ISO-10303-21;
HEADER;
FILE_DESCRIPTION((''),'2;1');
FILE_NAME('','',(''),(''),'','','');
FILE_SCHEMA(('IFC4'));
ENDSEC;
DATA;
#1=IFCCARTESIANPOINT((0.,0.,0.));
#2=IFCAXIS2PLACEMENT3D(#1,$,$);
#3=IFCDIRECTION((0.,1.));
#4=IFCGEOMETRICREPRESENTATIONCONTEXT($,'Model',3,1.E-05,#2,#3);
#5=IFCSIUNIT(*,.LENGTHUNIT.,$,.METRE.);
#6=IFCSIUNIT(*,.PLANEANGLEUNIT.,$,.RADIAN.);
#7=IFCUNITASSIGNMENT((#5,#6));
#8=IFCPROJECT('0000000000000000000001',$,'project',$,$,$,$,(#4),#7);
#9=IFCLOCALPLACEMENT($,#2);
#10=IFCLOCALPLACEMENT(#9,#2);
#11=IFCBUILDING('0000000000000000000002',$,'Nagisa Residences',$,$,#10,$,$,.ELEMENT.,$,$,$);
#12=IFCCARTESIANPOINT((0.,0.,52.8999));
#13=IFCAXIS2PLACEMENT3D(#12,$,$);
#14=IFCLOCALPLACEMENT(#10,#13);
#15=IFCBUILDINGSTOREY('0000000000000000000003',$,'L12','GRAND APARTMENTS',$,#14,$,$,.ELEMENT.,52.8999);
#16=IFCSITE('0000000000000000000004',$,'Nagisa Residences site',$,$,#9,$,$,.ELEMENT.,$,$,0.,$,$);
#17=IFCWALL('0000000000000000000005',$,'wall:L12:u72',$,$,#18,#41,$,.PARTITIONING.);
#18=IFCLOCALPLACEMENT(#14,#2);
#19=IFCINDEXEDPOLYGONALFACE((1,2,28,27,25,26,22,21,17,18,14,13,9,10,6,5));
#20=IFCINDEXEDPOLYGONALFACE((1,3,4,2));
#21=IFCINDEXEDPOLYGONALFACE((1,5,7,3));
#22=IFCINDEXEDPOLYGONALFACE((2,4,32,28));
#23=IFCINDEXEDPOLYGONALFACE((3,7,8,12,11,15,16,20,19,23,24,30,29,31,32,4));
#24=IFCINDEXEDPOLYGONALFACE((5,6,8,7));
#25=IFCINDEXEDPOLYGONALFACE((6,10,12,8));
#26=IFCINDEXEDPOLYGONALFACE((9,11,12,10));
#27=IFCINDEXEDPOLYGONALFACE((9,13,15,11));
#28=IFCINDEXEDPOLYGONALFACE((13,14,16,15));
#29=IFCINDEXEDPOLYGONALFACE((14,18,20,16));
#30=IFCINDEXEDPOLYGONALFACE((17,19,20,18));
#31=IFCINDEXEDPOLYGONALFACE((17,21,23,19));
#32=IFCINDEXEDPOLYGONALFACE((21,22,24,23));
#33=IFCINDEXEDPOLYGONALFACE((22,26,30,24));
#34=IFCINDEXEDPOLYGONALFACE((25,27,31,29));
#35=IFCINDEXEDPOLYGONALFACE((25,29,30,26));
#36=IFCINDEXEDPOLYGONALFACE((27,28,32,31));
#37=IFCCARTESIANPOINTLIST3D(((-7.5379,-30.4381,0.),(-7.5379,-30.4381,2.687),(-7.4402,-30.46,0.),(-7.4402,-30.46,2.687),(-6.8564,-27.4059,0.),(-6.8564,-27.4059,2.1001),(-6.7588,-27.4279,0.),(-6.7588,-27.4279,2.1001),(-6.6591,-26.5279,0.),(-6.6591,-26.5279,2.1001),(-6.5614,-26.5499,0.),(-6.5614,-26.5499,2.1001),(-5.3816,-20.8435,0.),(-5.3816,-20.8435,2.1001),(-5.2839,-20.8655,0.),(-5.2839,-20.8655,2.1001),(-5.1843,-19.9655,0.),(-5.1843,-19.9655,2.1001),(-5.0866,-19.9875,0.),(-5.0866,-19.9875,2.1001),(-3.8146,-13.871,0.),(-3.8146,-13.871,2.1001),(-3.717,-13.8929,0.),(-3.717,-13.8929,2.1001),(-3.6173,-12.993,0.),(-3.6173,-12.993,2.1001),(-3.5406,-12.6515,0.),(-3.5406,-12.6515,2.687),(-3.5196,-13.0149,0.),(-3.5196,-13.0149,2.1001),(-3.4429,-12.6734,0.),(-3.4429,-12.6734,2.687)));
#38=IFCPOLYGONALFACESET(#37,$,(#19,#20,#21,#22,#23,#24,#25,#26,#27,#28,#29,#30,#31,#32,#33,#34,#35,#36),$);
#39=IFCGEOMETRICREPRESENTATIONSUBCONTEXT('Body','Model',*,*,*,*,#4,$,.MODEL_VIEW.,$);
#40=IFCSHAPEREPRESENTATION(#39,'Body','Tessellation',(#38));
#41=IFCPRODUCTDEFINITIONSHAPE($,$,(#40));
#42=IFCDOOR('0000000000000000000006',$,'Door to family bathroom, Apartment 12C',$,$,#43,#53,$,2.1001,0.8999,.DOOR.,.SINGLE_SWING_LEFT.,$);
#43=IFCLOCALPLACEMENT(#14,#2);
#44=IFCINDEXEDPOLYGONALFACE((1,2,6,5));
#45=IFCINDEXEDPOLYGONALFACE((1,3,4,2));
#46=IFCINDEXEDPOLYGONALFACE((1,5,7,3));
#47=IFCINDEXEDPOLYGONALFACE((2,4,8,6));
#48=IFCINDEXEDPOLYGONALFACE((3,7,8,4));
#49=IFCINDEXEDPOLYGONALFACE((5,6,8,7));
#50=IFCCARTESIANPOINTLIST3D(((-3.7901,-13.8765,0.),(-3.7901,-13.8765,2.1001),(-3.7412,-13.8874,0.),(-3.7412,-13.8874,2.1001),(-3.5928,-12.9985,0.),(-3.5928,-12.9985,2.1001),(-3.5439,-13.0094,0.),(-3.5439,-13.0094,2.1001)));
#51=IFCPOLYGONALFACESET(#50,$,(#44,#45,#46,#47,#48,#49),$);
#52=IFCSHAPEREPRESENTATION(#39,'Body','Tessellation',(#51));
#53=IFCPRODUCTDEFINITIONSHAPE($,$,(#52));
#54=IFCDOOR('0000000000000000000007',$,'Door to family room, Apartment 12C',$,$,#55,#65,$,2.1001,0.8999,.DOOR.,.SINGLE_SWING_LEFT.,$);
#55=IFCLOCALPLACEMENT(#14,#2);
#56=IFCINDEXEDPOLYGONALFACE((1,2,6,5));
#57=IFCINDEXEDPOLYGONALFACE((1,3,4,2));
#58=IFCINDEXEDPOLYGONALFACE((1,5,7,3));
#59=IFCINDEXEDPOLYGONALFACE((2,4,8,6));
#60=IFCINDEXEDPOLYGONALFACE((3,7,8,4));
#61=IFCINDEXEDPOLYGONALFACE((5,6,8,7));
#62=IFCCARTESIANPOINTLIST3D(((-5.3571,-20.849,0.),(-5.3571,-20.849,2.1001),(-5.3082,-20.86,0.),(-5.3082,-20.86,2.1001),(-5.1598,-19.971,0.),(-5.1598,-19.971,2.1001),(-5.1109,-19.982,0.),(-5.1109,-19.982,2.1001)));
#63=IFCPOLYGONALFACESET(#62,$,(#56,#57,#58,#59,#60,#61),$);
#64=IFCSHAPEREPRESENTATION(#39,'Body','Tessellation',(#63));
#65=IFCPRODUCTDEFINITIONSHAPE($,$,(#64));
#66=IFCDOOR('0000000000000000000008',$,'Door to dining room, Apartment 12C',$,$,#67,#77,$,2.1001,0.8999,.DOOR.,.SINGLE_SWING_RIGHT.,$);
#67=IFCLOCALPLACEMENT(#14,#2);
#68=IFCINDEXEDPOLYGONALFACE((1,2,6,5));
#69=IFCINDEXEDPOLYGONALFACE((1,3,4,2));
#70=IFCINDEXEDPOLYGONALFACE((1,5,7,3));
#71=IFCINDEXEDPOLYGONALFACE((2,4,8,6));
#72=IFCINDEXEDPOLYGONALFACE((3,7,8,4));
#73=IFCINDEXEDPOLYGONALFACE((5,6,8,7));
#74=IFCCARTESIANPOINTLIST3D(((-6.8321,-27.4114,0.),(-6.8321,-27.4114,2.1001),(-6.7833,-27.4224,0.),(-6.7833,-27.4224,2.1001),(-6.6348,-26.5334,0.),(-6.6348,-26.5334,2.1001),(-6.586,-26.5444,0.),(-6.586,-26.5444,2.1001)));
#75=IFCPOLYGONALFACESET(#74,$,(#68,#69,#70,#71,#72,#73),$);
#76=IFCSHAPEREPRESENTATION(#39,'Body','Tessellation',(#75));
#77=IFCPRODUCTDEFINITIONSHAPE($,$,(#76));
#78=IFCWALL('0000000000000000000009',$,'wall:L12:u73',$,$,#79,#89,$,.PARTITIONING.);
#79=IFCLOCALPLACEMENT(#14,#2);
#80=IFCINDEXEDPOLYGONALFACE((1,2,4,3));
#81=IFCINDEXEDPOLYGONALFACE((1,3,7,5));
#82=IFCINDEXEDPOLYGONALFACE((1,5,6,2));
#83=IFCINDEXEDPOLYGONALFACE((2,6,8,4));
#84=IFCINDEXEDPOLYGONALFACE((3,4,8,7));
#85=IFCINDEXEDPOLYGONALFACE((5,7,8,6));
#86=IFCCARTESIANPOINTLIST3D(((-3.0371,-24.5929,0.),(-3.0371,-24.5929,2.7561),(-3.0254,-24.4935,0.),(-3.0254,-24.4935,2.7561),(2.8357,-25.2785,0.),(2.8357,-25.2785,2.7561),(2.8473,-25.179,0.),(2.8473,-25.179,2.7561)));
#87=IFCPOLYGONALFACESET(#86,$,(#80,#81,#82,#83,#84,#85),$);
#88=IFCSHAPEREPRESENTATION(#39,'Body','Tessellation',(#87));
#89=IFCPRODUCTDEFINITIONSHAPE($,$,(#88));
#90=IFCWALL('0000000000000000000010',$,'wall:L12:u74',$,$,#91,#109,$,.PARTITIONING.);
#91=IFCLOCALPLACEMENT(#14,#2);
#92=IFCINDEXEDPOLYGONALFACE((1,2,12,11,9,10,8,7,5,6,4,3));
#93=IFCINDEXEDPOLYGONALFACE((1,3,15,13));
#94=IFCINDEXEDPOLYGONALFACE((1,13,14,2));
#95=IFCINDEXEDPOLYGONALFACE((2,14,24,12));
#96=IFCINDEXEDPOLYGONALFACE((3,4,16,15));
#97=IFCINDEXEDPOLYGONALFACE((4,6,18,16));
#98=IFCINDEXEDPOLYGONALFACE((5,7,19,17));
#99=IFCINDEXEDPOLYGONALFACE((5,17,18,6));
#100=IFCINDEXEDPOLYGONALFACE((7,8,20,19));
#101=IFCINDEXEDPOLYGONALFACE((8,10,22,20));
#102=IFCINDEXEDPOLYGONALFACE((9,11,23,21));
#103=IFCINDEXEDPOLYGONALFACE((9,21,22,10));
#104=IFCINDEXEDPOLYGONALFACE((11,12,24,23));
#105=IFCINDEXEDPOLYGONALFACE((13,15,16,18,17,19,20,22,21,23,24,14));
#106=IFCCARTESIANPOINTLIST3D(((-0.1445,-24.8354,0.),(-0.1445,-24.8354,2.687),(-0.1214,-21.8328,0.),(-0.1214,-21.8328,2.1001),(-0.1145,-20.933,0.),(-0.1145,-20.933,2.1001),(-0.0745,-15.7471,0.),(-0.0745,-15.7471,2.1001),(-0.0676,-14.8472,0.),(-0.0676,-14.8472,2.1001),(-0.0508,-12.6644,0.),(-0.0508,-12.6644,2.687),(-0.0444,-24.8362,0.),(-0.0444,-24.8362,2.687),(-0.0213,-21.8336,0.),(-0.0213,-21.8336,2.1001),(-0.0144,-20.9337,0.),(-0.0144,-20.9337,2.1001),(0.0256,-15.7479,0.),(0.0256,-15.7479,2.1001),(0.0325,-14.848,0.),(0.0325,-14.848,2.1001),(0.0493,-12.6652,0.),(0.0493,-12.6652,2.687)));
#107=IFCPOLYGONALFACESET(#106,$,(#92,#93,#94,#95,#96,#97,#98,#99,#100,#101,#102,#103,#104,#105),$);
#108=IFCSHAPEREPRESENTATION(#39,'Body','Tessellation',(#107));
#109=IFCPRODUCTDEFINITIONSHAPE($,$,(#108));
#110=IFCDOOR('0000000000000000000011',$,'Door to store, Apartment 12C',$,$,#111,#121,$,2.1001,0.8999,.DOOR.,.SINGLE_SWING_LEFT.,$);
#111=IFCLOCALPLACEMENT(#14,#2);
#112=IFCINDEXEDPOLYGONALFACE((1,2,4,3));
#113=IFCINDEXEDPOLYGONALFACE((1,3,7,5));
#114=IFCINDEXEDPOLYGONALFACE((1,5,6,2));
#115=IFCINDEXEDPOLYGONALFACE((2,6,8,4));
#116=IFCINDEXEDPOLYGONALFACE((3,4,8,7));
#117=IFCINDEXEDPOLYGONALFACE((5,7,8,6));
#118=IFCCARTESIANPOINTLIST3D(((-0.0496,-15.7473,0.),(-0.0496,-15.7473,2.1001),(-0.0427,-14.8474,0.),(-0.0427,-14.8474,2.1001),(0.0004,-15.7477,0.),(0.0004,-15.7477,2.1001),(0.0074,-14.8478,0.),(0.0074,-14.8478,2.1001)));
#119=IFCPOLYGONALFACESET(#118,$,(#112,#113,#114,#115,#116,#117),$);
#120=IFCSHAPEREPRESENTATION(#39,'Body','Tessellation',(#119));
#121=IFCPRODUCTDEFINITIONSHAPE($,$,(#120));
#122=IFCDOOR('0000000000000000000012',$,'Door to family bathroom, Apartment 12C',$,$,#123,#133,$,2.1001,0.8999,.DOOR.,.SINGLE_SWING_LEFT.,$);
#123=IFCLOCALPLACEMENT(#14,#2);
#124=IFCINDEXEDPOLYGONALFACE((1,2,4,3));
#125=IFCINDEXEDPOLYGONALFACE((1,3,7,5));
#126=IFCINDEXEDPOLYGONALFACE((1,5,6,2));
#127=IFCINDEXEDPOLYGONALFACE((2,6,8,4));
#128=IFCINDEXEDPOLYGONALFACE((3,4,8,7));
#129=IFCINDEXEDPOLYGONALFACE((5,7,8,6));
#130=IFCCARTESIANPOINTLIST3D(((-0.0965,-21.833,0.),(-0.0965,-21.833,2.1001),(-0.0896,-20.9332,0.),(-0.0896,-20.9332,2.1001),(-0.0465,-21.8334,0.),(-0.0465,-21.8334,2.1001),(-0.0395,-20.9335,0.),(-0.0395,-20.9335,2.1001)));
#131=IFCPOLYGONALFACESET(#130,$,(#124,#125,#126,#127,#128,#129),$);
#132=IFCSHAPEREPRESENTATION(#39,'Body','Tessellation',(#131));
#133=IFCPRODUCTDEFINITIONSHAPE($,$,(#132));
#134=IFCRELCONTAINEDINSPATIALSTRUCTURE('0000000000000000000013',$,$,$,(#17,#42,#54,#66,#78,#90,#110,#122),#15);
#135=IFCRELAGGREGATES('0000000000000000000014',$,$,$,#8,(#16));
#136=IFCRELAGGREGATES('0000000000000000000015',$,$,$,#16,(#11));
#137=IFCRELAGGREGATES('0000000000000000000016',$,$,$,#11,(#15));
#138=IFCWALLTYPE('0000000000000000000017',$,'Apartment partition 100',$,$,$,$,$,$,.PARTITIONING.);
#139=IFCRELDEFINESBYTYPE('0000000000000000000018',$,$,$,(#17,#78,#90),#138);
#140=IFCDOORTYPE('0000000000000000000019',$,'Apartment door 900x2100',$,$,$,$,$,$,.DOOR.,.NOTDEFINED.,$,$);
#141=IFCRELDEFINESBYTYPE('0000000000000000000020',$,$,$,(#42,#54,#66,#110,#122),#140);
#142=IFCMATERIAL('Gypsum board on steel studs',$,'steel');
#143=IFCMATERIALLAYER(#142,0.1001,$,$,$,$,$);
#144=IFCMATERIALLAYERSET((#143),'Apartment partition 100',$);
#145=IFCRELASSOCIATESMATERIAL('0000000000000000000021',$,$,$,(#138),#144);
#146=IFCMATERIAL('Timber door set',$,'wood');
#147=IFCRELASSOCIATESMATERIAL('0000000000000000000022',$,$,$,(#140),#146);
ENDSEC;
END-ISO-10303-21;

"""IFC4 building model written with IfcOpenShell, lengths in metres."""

from ifc_helpers import new_model, si_unit, direction, frame, frame_2d, origin, place, context, subcontext, project, spatial, rectangle, extrude, material, layer, layer_set, type_object, element, fill, save


model = new_model("IFC4")

# Units and contexts
model_context = context("Model", 3, precision=1e-05, world=origin(), true_north=direction((0.0, 1.0)))
body_context = subcontext(model_context, "Body", "Model", "MODEL_VIEW")
ifc_project = project(units=[si_unit("LENGTHUNIT", "METRE"), si_unit("PLANEANGLEUNIT", "RADIAN")], contexts=[model_context])

# Site, building, storey
site_placement = place(None, origin())
site = spatial("IfcSite", under=ifc_project, at=site_placement, Name="Nagisa Residences site", CompositionType="ELEMENT", RefElevation=0.0)
building_placement = place(site_placement, origin())
building = spatial("IfcBuilding", under=site, at=building_placement, Name="Nagisa Residences", CompositionType="ELEMENT")
storey_placement = place(building_placement, frame((0.0, 0.0, 52.8999)))
storey = spatial("IfcBuildingStorey", under=building, at=storey_placement, Name="L12", Description="GRAND APARTMENTS", CompositionType="ELEMENT", Elevation=52.8999)

# Shared definitions
ifc_material_1 = material(Name="Gypsum board on steel studs", Category="steel")
ifc_layer_1 = layer(ifc_material_1, 0.1001)
ifc_layer_set_1 = layer_set([ifc_layer_1], Name="Apartment partition 100")
wall_type_1 = type_object("IfcWallType", Name="Apartment partition 100", PredefinedType="PARTITIONING", material=ifc_layer_set_1)
ifc_material_2 = material(Name="Timber door set", Category="wood")
door_type_1 = type_object("IfcDoorType", Name="Apartment door 900x2100", OperationType="NOTDEFINED", PredefinedType="DOOR", material=ifc_material_2)

# Wall, openings, doors
wall_1_placement = place(storey_placement, frame((-3.4917, -12.6624, 0.0), z_axis=(0.0, 0.0, 1.0), x_axis=(-0.219268, -0.975665, 0.0)))
wall_1 = element("IfcWall", 1, at=wall_1_placement, inside=storey, type_object=wall_type_1, Name="wall:L12:u72", PredefinedType="PARTITIONING", context=body_context, shape_type="SweptSolid", body=[
    extrude(rectangle(XDim=18.2302, YDim=0.1001, at=frame_2d((9.1152, 0.0))), origin(), (0.0, 0.0, 1.0), 2.687),
])
opening_1_placement = place(wall_1_placement, frame((0.3501, 0.0, 0.0)))
opening_1 = element("IfcOpeningElement", 2, at=opening_1_placement, cuts=wall_1, PredefinedType="OPENING", context=body_context, shape_type="SweptSolid", body=[
    extrude(rectangle(XDim=0.8999, YDim=2.1001, at=frame_2d((0.45, 1.05))), frame((0.0, 0.0601, 0.0), z_axis=(0.0, -1.0, 0.0), x_axis=(1.0, 0.0, 0.0)), (0.0, 0.0, 1.0), 0.1201),
])
opening_2_placement = place(wall_1_placement, frame((7.4966, 0.0, 0.0)))
opening_2 = element("IfcOpeningElement", 3, at=opening_2_placement, cuts=wall_1, PredefinedType="OPENING", context=body_context, shape_type="SweptSolid", body=[
    extrude(rectangle(XDim=0.8999, YDim=2.1001, at=frame_2d((0.45, 1.05))), frame((0.0, 0.0601, 0.0), z_axis=(0.0, -1.0, 0.0), x_axis=(1.0, 0.0, 0.0)), (0.0, 0.0, 1.0), 0.1201),
])
opening_3_placement = place(wall_1_placement, frame((14.2227, 0.0, 0.0)))
opening_3 = element("IfcOpeningElement", 4, at=opening_3_placement, cuts=wall_1, PredefinedType="OPENING", context=body_context, shape_type="SweptSolid", body=[
    extrude(rectangle(XDim=0.8999, YDim=2.1001, at=frame_2d((0.45, 1.05))), frame((0.0, 0.0601, 0.0), z_axis=(0.0, -1.0, 0.0), x_axis=(1.0, 0.0, 0.0)), (0.0, 0.0, 1.0), 0.1201),
])
door_1_placement = place(opening_1_placement, frame((0.8999, 0.0, 0.0), x_axis=(-1.0, 0.0, 0.0)))
door_1 = element("IfcDoor", 5, at=door_1_placement, inside=storey, type_object=door_type_1, Name="Door to family bathroom, Apartment 12C", OperationType="SINGLE_SWING_LEFT", OverallHeight=2.1001, OverallWidth=0.8999, PredefinedType="DOOR", context=body_context, shape_type="SweptSolid", body=[
    extrude(rectangle(XDim=0.8999, YDim=2.1001, at=frame_2d((0.45, 1.05))), frame((0.0, 0.0249, 0.0), z_axis=(0.0, -1.0, 0.0), x_axis=(1.0, 0.0, 0.0)), (0.0, 0.0, 1.0), 0.05),
])
fill(opening_1, door_1)
door_2_placement = place(opening_2_placement, frame((0.8999, 0.0, 0.0), x_axis=(-1.0, 0.0, 0.0)))
door_2 = element("IfcDoor", 6, at=door_2_placement, inside=storey, type_object=door_type_1, Name="Door to family room, Apartment 12C", OperationType="SINGLE_SWING_LEFT", OverallHeight=2.1001, OverallWidth=0.8999, PredefinedType="DOOR", context=body_context, shape_type="SweptSolid", body=[
    extrude(rectangle(XDim=0.8999, YDim=2.1001, at=frame_2d((0.45, 1.05))), frame((0.0, 0.0249, 0.0), z_axis=(0.0, -1.0, 0.0), x_axis=(1.0, 0.0, 0.0)), (0.0, 0.0, 1.0), 0.05),
])
fill(opening_2, door_2)
door_3_placement = place(opening_3_placement, origin())
door_3 = element("IfcDoor", 7, at=door_3_placement, inside=storey, type_object=door_type_1, Name="Door to dining room, Apartment 12C", OperationType="SINGLE_SWING_RIGHT", OverallHeight=2.1001, OverallWidth=0.8999, PredefinedType="DOOR", context=body_context, shape_type="SweptSolid", body=[
    extrude(rectangle(XDim=0.8999, YDim=2.1001, at=frame_2d((0.45, 1.05))), frame((0.0, 0.0249, 0.0), z_axis=(0.0, -1.0, 0.0), x_axis=(1.0, 0.0, 0.0)), (0.0, 0.0, 1.0), 0.05),
])
fill(opening_3, door_3)

# Wall
wall_2_placement = place(storey_placement, frame((-3.0312, -24.5432, 0.0), z_axis=(0.0, 0.0, 1.0), x_axis=(0.993256, -0.115945, 0.0)))
element("IfcWall", 8, at=wall_2_placement, inside=storey, type_object=wall_type_1, Name="wall:L12:u73", PredefinedType="PARTITIONING", context=body_context, shape_type="SweptSolid", body=[
    extrude(rectangle(XDim=5.9126, YDim=0.1001, at=frame_2d((2.9563, 0.0))), origin(), (0.0, 0.0, 1.0), 2.7561),
])

# Wall, openings, doors
wall_3_placement = place(storey_placement, frame((-0.0007, -12.6648, 0.0), z_axis=(0.0, 0.0, 1.0), x_axis=(-0.007702, -0.99997, 0.0)))
wall_3 = element("IfcWall", 9, at=wall_3_placement, inside=storey, type_object=wall_type_1, Name="wall:L12:u74", PredefinedType="PARTITIONING", context=body_context, shape_type="SweptSolid", body=[
    extrude(rectangle(XDim=12.1714, YDim=0.1001, at=frame_2d((6.0857, 0.0))), origin(), (0.0, 0.0, 1.0), 2.687),
])
opening_4_placement = place(wall_3_placement, frame((2.1829, 0.0, 0.0)))
opening_4 = element("IfcOpeningElement", 10, at=opening_4_placement, cuts=wall_3, PredefinedType="OPENING", context=body_context, shape_type="SweptSolid", body=[
    extrude(rectangle(XDim=0.8999, YDim=2.1001, at=frame_2d((0.45, 1.05))), frame((0.0, 0.0601, 0.0), z_axis=(0.0, -1.0, 0.0), x_axis=(1.0, 0.0, 0.0)), (0.0, 0.0, 1.0), 0.1201),
])
opening_5_placement = place(wall_3_placement, frame((8.2688, 0.0, 0.0)))
opening_5 = element("IfcOpeningElement", 11, at=opening_5_placement, cuts=wall_3, PredefinedType="OPENING", context=body_context, shape_type="SweptSolid", body=[
    extrude(rectangle(XDim=0.8999, YDim=2.1001, at=frame_2d((0.45, 1.05))), frame((0.0, 0.0601, 0.0), z_axis=(0.0, -1.0, 0.0), x_axis=(1.0, 0.0, 0.0)), (0.0, 0.0, 1.0), 0.1201),
])
door_4_placement = place(opening_4_placement, origin())
door_4 = element("IfcDoor", 12, at=door_4_placement, inside=storey, type_object=door_type_1, Name="Door to store, Apartment 12C", OperationType="SINGLE_SWING_LEFT", OverallHeight=2.1001, OverallWidth=0.8999, PredefinedType="DOOR", context=body_context, shape_type="SweptSolid", body=[
    extrude(rectangle(XDim=0.8999, YDim=2.1001, at=frame_2d((0.45, 1.05))), frame((0.0, 0.0249, 0.0), z_axis=(0.0, -1.0, 0.0), x_axis=(1.0, 0.0, 0.0)), (0.0, 0.0, 1.0), 0.05),
])
fill(opening_4, door_4)
door_5_placement = place(opening_5_placement, origin())
door_5 = element("IfcDoor", 13, at=door_5_placement, inside=storey, type_object=door_type_1, Name="Door to family bathroom, Apartment 12C", OperationType="SINGLE_SWING_LEFT", OverallHeight=2.1001, OverallWidth=0.8999, PredefinedType="DOOR", context=body_context, shape_type="SweptSolid", body=[
    extrude(rectangle(XDim=0.8999, YDim=2.1001, at=frame_2d((0.45, 1.05))), frame((0.0, 0.0249, 0.0), z_axis=(0.0, -1.0, 0.0), x_axis=(1.0, 0.0, 0.0)), (0.0, 0.0, 1.0), 0.05),
])
fill(opening_5, door_5)

save(model, "model.ifc")
